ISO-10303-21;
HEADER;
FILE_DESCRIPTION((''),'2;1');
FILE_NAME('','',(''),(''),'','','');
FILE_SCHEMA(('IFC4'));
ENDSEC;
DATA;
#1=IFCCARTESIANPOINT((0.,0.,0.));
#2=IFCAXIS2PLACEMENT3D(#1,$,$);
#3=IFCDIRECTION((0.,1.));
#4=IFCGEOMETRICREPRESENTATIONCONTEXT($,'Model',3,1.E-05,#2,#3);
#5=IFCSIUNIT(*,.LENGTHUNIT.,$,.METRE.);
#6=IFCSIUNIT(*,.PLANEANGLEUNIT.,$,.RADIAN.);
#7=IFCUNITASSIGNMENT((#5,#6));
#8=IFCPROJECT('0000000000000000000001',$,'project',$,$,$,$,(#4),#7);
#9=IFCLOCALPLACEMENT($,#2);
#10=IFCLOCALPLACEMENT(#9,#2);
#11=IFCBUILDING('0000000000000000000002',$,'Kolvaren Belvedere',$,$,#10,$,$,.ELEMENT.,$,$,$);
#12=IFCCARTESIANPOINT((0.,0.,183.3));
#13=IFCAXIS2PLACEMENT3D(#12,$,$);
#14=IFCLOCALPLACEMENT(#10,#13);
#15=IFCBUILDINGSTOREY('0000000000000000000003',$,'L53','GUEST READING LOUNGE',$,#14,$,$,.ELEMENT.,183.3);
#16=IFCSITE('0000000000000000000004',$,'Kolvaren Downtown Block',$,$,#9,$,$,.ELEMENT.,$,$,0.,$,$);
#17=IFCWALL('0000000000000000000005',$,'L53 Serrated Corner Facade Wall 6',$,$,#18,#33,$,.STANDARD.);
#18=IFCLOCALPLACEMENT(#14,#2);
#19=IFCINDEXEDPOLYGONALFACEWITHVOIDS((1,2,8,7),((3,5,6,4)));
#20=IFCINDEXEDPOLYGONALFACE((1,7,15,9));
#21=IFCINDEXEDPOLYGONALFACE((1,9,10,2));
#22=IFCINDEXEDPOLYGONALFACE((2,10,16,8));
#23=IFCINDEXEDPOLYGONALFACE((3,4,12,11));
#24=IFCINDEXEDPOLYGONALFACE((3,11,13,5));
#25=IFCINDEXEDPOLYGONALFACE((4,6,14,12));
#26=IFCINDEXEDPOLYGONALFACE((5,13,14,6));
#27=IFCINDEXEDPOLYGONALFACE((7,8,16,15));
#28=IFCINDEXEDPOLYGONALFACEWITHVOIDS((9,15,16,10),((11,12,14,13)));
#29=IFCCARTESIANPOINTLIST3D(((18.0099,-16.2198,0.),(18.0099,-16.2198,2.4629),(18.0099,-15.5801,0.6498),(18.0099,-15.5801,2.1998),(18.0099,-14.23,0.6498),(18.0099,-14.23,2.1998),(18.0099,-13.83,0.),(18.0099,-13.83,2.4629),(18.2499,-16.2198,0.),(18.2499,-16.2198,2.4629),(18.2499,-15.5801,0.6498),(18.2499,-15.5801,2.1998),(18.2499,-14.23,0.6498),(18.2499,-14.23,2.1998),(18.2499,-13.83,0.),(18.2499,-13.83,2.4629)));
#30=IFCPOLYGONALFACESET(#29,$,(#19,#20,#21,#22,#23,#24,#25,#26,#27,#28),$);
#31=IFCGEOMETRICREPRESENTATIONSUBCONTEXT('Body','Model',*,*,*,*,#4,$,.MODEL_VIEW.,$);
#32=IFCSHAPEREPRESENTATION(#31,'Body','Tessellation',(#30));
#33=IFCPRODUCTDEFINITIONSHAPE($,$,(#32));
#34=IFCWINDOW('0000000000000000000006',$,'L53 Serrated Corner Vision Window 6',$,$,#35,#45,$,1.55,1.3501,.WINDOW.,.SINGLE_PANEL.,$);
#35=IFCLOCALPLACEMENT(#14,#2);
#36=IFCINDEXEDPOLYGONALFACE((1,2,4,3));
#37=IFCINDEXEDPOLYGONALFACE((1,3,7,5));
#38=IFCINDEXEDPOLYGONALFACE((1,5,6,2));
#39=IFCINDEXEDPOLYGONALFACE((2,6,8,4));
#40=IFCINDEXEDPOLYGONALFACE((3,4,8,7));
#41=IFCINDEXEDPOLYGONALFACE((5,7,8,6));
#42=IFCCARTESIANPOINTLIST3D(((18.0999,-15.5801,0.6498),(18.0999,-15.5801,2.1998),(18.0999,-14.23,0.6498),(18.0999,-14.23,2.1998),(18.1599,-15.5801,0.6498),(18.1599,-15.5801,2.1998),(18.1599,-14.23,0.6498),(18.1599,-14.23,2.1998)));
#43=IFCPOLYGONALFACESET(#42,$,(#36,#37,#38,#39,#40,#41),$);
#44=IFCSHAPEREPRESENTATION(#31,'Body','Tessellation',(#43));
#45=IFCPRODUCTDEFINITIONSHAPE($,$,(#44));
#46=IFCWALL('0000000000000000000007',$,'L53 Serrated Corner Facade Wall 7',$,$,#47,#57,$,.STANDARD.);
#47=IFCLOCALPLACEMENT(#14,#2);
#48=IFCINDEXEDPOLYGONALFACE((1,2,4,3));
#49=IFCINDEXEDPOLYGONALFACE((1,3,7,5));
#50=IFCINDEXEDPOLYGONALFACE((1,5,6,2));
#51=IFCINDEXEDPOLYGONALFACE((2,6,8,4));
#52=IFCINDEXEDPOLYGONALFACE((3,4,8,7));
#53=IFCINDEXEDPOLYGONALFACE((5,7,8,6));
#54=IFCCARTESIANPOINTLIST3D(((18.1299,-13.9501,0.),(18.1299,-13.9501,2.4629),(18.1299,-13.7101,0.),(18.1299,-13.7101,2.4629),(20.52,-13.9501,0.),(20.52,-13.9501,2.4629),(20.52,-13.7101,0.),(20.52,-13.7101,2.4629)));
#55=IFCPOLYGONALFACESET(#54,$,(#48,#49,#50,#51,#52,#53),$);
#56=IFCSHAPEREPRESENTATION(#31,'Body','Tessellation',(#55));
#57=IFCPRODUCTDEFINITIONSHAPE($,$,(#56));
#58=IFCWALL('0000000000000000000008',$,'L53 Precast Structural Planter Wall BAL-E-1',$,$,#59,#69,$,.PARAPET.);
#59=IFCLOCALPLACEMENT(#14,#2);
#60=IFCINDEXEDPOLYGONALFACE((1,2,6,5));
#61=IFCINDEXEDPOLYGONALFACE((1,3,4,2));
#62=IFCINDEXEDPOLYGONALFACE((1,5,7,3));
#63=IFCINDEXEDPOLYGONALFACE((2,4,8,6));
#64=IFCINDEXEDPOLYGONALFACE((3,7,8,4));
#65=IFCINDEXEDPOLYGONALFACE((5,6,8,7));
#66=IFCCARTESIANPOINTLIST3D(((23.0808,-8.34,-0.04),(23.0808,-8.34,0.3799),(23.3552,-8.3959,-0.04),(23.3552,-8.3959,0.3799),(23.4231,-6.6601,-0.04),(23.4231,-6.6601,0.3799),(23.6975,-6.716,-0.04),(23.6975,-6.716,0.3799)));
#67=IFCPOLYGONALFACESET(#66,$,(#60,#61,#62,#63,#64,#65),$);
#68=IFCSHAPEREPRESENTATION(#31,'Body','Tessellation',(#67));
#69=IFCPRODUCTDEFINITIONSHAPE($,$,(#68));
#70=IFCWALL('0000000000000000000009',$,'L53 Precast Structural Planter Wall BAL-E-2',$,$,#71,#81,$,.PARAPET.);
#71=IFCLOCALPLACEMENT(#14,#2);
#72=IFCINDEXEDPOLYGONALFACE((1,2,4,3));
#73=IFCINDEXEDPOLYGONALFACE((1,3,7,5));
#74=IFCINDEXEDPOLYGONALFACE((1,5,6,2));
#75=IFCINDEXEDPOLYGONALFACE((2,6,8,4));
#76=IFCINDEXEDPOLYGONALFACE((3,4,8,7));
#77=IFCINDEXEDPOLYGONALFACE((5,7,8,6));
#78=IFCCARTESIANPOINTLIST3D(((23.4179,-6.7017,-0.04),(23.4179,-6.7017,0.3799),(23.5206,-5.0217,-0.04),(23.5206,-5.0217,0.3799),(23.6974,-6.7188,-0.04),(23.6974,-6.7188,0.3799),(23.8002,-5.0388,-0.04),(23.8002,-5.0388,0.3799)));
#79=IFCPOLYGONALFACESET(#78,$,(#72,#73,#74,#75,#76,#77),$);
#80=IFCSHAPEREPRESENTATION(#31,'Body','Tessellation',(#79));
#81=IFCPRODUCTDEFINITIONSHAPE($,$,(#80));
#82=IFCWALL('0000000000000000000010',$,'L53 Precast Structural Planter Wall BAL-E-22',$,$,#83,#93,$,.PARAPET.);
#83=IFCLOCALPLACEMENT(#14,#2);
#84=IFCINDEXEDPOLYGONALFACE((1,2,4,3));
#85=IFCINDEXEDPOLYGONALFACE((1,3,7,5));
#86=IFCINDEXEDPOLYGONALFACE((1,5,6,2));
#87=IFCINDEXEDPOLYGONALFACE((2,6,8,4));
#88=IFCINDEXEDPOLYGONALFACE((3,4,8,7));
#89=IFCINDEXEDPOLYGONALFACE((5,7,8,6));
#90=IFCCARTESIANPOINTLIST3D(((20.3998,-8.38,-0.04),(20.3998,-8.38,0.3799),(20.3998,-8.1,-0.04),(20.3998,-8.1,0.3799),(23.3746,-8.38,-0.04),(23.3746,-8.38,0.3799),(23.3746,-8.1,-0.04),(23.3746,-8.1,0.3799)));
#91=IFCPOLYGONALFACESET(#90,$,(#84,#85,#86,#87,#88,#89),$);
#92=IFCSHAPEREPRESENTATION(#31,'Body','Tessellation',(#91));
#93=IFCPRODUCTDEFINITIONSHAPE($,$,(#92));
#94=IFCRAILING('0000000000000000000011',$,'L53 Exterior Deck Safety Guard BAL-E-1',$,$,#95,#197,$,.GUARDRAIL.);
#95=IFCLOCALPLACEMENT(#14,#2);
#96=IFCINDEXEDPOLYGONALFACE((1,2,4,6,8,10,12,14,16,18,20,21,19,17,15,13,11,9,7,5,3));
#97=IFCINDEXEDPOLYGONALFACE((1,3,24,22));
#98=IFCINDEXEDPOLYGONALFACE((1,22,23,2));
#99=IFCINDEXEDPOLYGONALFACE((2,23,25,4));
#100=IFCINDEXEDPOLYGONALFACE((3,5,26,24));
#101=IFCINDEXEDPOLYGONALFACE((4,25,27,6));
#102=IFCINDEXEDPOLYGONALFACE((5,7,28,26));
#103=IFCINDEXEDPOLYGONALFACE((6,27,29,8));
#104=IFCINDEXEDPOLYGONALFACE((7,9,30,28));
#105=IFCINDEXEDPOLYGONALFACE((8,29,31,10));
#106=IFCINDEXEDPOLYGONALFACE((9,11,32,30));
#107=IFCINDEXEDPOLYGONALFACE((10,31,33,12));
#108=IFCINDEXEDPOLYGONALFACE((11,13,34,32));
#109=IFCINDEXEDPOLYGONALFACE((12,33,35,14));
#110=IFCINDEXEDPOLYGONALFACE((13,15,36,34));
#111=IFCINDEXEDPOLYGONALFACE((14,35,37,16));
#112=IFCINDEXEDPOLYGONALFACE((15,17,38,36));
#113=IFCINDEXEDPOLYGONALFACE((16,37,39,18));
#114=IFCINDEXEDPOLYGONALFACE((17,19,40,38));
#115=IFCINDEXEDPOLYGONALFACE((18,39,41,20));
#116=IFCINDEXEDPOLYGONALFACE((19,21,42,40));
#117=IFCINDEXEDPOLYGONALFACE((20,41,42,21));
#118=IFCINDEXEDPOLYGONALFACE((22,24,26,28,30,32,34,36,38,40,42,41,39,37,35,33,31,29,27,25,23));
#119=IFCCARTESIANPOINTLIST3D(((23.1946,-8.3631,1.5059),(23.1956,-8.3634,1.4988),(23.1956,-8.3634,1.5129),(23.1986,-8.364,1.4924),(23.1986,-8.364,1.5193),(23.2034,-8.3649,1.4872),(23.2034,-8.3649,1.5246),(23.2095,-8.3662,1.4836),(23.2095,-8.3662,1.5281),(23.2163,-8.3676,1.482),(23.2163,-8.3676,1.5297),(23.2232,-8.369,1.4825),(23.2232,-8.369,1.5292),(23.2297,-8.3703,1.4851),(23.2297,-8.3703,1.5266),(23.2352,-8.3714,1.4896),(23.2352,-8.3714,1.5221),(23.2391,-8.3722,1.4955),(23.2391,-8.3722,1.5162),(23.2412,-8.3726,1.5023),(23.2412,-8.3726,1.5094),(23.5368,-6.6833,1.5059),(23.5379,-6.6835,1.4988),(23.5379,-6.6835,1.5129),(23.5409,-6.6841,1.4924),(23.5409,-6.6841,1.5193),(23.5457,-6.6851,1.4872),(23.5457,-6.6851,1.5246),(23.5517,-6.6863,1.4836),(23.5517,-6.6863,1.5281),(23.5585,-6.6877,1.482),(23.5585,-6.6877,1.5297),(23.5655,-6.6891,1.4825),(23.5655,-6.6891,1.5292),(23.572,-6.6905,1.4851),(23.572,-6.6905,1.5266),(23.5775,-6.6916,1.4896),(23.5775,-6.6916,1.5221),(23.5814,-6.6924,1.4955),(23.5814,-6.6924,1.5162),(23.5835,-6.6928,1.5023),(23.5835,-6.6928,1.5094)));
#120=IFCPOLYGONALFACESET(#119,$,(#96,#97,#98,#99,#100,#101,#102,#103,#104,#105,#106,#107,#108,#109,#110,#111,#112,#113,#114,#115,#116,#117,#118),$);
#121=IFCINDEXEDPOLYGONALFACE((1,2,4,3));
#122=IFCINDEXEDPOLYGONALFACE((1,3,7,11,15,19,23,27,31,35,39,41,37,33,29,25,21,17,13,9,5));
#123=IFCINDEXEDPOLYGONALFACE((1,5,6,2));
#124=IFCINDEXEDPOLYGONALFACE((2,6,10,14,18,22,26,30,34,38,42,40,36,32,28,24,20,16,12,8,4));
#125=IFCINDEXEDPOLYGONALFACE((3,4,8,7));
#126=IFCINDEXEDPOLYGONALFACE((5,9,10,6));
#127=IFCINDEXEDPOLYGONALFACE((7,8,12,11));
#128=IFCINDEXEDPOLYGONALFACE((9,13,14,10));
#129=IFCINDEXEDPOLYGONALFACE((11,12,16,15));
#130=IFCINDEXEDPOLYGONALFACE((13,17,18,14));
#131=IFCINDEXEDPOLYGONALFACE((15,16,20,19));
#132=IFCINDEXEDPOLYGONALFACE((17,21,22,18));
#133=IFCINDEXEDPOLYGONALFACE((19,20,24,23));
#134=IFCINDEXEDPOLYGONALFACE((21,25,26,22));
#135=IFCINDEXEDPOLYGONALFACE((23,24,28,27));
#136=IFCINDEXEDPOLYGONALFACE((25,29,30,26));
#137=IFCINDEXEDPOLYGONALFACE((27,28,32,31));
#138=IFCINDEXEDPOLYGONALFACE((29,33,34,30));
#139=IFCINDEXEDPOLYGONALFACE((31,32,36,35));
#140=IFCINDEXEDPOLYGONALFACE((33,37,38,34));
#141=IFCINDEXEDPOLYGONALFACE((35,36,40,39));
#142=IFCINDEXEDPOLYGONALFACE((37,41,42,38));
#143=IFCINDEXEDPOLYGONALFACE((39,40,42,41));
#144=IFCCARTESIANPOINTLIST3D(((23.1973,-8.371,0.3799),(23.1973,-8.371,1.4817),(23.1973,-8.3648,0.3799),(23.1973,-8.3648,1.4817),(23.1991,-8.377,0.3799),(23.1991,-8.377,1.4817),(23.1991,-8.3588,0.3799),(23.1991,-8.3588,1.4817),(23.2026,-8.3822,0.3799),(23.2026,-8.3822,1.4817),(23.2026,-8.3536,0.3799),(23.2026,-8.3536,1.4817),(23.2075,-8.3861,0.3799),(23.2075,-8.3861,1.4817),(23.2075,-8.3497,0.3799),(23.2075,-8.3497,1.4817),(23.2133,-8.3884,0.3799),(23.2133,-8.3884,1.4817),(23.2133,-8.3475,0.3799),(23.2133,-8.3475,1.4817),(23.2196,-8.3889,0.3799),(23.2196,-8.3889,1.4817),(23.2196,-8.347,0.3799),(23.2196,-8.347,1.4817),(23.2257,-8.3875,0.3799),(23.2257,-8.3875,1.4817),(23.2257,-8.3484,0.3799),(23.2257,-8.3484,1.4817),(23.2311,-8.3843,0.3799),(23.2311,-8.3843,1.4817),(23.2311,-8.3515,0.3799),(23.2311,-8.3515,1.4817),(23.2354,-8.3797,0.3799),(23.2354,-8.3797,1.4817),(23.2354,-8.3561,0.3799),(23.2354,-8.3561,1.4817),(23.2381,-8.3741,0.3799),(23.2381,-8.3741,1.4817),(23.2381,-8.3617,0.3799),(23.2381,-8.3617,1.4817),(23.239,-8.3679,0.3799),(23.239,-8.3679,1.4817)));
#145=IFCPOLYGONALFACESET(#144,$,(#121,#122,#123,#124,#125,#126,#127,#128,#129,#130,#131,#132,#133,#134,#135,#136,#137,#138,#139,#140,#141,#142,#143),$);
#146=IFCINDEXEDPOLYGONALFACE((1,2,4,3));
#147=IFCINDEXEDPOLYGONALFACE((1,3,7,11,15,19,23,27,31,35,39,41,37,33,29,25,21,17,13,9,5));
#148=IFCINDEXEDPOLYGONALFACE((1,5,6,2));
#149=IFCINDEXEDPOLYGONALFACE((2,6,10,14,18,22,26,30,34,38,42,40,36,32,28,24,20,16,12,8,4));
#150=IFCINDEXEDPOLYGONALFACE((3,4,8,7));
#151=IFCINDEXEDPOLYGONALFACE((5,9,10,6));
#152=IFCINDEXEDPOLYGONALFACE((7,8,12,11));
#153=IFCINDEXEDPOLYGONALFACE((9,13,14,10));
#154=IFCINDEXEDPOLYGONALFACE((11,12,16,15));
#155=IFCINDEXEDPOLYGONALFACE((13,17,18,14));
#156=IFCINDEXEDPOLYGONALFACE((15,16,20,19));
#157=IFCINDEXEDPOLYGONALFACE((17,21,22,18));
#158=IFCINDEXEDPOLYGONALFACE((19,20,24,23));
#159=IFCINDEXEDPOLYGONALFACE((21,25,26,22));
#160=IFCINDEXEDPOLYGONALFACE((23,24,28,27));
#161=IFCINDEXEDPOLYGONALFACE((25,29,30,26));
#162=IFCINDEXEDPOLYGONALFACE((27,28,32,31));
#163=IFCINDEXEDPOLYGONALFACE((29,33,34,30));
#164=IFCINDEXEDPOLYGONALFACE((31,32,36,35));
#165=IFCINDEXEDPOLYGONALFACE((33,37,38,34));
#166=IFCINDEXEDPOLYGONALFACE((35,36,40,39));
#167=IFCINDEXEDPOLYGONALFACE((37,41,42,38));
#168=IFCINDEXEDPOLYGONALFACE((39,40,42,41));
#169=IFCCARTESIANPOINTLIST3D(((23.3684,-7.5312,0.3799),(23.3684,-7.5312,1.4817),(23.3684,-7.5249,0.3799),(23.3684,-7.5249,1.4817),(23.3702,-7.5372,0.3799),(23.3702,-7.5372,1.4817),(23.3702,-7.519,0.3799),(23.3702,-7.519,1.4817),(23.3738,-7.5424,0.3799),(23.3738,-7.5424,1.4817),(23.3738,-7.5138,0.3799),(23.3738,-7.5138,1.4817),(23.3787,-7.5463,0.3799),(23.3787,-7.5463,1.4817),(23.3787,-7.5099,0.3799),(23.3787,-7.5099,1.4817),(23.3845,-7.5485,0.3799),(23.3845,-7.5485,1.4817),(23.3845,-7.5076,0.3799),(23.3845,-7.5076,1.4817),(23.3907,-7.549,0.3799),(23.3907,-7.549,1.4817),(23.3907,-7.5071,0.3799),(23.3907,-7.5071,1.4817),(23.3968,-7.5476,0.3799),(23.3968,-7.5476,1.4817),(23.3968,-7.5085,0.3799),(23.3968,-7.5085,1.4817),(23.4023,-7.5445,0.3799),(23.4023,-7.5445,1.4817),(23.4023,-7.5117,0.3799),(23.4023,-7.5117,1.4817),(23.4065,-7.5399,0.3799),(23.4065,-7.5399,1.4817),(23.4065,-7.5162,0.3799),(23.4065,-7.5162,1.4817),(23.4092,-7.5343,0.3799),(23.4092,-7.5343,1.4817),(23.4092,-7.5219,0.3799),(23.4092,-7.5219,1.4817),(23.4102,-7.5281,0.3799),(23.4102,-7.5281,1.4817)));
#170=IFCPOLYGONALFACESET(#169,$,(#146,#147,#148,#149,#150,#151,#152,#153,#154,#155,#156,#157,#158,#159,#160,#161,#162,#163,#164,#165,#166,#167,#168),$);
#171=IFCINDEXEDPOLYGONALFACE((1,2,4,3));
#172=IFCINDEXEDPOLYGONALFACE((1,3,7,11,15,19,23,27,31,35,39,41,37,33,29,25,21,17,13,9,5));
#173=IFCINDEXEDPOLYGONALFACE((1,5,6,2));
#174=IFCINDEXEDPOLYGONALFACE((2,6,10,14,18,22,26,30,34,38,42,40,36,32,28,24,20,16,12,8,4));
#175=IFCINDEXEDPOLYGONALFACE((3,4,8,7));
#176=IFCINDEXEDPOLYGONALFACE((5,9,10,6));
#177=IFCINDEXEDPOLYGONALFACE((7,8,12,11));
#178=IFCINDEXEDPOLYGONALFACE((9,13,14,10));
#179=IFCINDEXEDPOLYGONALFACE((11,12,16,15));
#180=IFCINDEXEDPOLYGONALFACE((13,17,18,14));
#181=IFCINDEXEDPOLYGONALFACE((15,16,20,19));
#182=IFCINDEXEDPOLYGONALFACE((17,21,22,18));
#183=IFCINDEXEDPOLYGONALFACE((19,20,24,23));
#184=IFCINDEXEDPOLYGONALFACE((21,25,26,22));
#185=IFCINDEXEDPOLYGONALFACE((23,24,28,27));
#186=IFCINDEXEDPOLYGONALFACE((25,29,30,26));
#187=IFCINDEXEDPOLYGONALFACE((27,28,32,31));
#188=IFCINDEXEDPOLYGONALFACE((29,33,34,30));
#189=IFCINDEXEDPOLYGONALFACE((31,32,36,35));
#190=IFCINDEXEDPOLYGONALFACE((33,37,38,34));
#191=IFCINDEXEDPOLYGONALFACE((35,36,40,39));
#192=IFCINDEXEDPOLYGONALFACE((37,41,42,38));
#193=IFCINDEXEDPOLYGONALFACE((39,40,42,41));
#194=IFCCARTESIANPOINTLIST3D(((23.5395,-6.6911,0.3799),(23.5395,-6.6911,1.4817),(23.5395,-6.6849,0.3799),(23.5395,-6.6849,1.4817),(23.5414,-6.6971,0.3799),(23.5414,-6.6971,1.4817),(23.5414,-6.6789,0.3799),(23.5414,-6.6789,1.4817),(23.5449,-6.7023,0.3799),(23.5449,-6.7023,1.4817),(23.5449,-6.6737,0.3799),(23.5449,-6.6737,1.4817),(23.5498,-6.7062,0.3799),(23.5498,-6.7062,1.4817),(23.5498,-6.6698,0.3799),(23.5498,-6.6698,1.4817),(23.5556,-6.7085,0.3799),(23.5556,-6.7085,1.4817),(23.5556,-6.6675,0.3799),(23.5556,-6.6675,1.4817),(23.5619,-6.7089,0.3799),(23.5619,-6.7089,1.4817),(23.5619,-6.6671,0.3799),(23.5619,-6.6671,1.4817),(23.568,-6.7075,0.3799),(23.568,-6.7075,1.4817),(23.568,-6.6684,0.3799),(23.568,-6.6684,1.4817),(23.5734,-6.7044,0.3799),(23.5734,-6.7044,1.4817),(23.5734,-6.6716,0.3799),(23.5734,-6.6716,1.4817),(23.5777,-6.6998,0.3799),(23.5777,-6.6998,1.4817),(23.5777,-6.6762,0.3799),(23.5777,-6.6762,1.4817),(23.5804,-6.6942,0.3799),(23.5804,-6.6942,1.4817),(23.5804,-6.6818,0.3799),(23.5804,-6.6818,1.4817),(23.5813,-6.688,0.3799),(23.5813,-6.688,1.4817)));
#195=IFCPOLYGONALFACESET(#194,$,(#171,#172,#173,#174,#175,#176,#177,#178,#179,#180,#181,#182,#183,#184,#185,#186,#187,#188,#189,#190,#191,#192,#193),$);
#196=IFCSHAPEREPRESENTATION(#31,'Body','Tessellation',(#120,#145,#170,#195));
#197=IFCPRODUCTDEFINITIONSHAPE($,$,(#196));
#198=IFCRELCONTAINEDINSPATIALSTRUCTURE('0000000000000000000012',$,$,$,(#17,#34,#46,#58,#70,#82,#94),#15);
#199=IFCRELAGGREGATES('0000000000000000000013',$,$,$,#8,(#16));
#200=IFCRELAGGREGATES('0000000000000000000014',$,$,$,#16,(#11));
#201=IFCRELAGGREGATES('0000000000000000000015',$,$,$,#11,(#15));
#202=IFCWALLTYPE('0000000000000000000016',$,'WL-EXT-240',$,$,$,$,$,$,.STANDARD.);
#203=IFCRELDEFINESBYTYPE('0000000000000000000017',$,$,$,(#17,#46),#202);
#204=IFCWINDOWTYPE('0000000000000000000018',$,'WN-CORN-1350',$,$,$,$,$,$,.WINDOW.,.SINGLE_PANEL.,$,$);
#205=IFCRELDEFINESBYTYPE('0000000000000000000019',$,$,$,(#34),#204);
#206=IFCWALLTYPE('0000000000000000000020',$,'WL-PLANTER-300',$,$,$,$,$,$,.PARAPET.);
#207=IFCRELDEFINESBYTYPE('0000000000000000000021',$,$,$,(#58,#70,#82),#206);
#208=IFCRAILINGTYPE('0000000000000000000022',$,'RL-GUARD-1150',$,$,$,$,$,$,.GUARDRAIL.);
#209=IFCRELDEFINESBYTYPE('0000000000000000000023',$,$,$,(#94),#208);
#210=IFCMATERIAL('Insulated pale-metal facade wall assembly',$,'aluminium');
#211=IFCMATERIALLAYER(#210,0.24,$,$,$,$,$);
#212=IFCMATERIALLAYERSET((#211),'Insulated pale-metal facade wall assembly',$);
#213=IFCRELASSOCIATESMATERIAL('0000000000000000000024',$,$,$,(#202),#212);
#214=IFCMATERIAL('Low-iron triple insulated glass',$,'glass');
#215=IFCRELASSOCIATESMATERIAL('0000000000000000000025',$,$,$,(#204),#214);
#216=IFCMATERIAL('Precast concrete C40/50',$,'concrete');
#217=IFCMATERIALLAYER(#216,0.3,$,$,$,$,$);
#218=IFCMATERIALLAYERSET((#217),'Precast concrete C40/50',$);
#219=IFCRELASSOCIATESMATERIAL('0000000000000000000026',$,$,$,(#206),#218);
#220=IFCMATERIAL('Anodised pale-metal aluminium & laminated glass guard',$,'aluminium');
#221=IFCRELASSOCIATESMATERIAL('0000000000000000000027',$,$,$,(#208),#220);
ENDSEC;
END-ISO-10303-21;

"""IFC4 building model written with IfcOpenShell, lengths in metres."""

from ifc_helpers import new_model, si_unit, direction, frame, frame_2d, origin, origin_2d, place, context, subcontext, project, spatial, rectangle, circle, extrude, material, layer, layer_set, type_object, element, fill, save


model = new_model("IFC4")

# Units and contexts
model_context = context("Model", 3, precision=1e-05, world=origin(), true_north=direction((0.0, 1.0)))
body_context = subcontext(model_context, "Body", "Model", "MODEL_VIEW")
ifc_project = project(units=[si_unit("LENGTHUNIT", "METRE"), si_unit("PLANEANGLEUNIT", "RADIAN")], contexts=[model_context])

# Site, building, storey
site_placement = place(None, origin())
site = spatial("IfcSite", under=ifc_project, at=site_placement, Name="Kolvaren Downtown Block", CompositionType="ELEMENT", RefElevation=0.0)
building_placement = place(site_placement, origin())
building = spatial("IfcBuilding", under=site, at=building_placement, Name="Kolvaren Belvedere", CompositionType="ELEMENT")
storey_placement = place(building_placement, frame((0.0, 0.0, 183.3)))
storey = spatial("IfcBuildingStorey", under=building, at=storey_placement, Name="L53", Description="GUEST READING LOUNGE", CompositionType="ELEMENT", Elevation=183.3)

# Shared definitions
ifc_material_1 = material(Name="Insulated pale-metal facade wall assembly", Category="aluminium")
ifc_layer_1 = layer(ifc_material_1, 0.24)
ifc_layer_set_1 = layer_set([ifc_layer_1], Name="Insulated pale-metal facade wall assembly")
wall_type_1 = type_object("IfcWallType", Name="WL-EXT-240", PredefinedType="STANDARD", material=ifc_layer_set_1)

# Wall, opening, window
ifc_material_2 = material(Name="Low-iron triple insulated glass", Category="glass")
window_type_1 = type_object("IfcWindowType", Name="WN-CORN-1350", PartitioningType="SINGLE_PANEL", PredefinedType="WINDOW", material=ifc_material_2)
wall_1_placement = place(storey_placement, frame((18.1299, -13.8301, 0.0), z_axis=(0.0, 0.0, 1.0), x_axis=(0.0, -1.0, 0.0)))
wall_1 = element("IfcWall", 1, at=wall_1_placement, inside=storey, type_object=wall_type_1, Name="L53 Serrated Corner Facade Wall 6", PredefinedType="STANDARD", context=body_context, shape_type="SweptSolid", body=[
    extrude(rectangle(XDim=2.3899, YDim=0.24, at=frame_2d((1.1948, 0.0))), origin(), (0.0, 0.0, 1.0), 2.4629),
])
opening_1_placement = place(wall_1_placement, frame((0.3999, 0.0, 0.6499)))
opening_1 = element("IfcOpeningElement", 2, at=opening_1_placement, cuts=wall_1, PredefinedType="OPENING", context=body_context, shape_type="SweptSolid", body=[
    extrude(rectangle(XDim=1.3501, YDim=1.55, at=frame_2d((0.675, 0.7749))), frame((0.0, 0.1299, 0.0), z_axis=(0.0, -1.0, 0.0), x_axis=(1.0, 0.0, 0.0)), (0.0, 0.0, 1.0), 0.26),
])
window_1_placement = place(opening_1_placement, origin())
window_1 = element("IfcWindow", 3, at=window_1_placement, inside=storey, type_object=window_type_1, Name="L53 Serrated Corner Vision Window 6", OverallHeight=1.55, OverallWidth=1.3501, PartitioningType="SINGLE_PANEL", PredefinedType="WINDOW", context=body_context, shape_type="SweptSolid", body=[
    extrude(rectangle(XDim=1.3501, YDim=1.55, at=frame_2d((0.675, 0.7749))), frame((0.0, 0.03, 0.0), z_axis=(0.0, -1.0, 0.0), x_axis=(1.0, 0.0, 0.0)), (0.0, 0.0, 1.0), 0.0601),
])
fill(opening_1, window_1)

# Walls
wall_2_placement = place(storey_placement, frame((20.52, -13.8301, 0.0), z_axis=(0.0, 0.0, 1.0), x_axis=(-1.0, 0.0, 0.0)))
element("IfcWall", 4, at=wall_2_placement, inside=storey, type_object=wall_type_1, Name="L53 Serrated Corner Facade Wall 7", PredefinedType="STANDARD", context=body_context, shape_type="SweptSolid", body=[
    extrude(rectangle(XDim=2.3901, YDim=0.24, at=frame_2d((1.1951, 0.0))), origin(), (0.0, 0.0, 1.0), 2.4629),
])
ifc_material_3 = material(Name="Precast concrete C40/50", Category="concrete")
ifc_layer_2 = layer(ifc_material_3, 0.3)
ifc_layer_set_2 = layer_set([ifc_layer_2], Name="Precast concrete C40/50")
wall_type_2 = type_object("IfcWallType", Name="WL-PLANTER-300", PredefinedType="PARAPET", material=ifc_layer_set_2)
wall_3_placement = place(storey_placement, frame((23.218, -8.3679, -0.04), z_axis=(0.0, 0.0, 1.0), x_axis=(0.199648, 0.979868, 0.0)))
element("IfcWall", 5, at=wall_3_placement, inside=storey, type_object=wall_type_2, Name="L53 Precast Structural Planter Wall BAL-E-1", PredefinedType="PARAPET", context=body_context, shape_type="SweptSolid", body=[
    extrude(rectangle(XDim=1.7144, YDim=0.28, at=frame_2d((0.8572, 0.0))), origin(), (0.0, 0.0, 1.0), 0.4199),
])
wall_4_placement = place(storey_placement, frame((23.5576, -6.7102, -0.04), z_axis=(0.0, 0.0, 1.0), x_axis=(0.061069, 0.998134, 0.0)))
element("IfcWall", 6, at=wall_4_placement, inside=storey, type_object=wall_type_2, Name="L53 Precast Structural Planter Wall BAL-E-2", PredefinedType="PARAPET", context=body_context, shape_type="SweptSolid", body=[
    extrude(rectangle(XDim=1.6831, YDim=0.28, at=frame_2d((0.8416, 0.0))), origin(), (0.0, 0.0, 1.0), 0.4199),
])
wall_5_placement = place(storey_placement, frame((20.3999, -8.24, -0.04), z_axis=(0.0, 0.0, 1.0), x_axis=(1.0, 0.0, 0.0)))
element("IfcWall", 7, at=wall_5_placement, inside=storey, type_object=wall_type_2, Name="L53 Precast Structural Planter Wall BAL-E-22", PredefinedType="PARAPET", context=body_context, shape_type="SweptSolid", body=[
    extrude(rectangle(XDim=2.9749, YDim=0.28, at=frame_2d((1.4873, 0.0))), origin(), (0.0, 0.0, 1.0), 0.4199),
])

# Railing
ifc_material_4 = material(Name="Anodised pale-metal aluminium & laminated glass guard", Category="aluminium")
railing_type = type_object("IfcRailingType", Name="RL-GUARD-1150", PredefinedType="GUARDRAIL", material=ifc_material_4)
railing_1_placement = place(storey_placement, frame((23.218, -8.3679, 0.3799)))
element("IfcRailing", 8, at=railing_1_placement, inside=storey, type_object=railing_type, Name="L53 Exterior Deck Safety Guard BAL-E-1", PredefinedType="GUARDRAIL", context=body_context, shape_type="SweptSolid", body=[
    extrude(circle(Radius=0.0239, at=origin_2d()), frame((0.0, 0.0, 1.126), z_axis=(0.199648, 0.979868, 0.0), x_axis=(-0.979868, 0.199648, 0.0)), (0.0, 0.0, 1.0), 1.7144),
    extrude(circle(Radius=0.021, at=origin_2d()), origin(), (0.0, 0.0, 1.0), 1.1018),
    extrude(circle(Radius=0.021, at=origin_2d()), frame((0.1711, 0.8398, 0.0)), (0.0, 0.0, 1.0), 1.1018),
    extrude(circle(Radius=0.021, at=origin_2d()), frame((0.3423, 1.6799, 0.0)), (0.0, 0.0, 1.0), 1.1018),
])

save(model, "model.ifc")
